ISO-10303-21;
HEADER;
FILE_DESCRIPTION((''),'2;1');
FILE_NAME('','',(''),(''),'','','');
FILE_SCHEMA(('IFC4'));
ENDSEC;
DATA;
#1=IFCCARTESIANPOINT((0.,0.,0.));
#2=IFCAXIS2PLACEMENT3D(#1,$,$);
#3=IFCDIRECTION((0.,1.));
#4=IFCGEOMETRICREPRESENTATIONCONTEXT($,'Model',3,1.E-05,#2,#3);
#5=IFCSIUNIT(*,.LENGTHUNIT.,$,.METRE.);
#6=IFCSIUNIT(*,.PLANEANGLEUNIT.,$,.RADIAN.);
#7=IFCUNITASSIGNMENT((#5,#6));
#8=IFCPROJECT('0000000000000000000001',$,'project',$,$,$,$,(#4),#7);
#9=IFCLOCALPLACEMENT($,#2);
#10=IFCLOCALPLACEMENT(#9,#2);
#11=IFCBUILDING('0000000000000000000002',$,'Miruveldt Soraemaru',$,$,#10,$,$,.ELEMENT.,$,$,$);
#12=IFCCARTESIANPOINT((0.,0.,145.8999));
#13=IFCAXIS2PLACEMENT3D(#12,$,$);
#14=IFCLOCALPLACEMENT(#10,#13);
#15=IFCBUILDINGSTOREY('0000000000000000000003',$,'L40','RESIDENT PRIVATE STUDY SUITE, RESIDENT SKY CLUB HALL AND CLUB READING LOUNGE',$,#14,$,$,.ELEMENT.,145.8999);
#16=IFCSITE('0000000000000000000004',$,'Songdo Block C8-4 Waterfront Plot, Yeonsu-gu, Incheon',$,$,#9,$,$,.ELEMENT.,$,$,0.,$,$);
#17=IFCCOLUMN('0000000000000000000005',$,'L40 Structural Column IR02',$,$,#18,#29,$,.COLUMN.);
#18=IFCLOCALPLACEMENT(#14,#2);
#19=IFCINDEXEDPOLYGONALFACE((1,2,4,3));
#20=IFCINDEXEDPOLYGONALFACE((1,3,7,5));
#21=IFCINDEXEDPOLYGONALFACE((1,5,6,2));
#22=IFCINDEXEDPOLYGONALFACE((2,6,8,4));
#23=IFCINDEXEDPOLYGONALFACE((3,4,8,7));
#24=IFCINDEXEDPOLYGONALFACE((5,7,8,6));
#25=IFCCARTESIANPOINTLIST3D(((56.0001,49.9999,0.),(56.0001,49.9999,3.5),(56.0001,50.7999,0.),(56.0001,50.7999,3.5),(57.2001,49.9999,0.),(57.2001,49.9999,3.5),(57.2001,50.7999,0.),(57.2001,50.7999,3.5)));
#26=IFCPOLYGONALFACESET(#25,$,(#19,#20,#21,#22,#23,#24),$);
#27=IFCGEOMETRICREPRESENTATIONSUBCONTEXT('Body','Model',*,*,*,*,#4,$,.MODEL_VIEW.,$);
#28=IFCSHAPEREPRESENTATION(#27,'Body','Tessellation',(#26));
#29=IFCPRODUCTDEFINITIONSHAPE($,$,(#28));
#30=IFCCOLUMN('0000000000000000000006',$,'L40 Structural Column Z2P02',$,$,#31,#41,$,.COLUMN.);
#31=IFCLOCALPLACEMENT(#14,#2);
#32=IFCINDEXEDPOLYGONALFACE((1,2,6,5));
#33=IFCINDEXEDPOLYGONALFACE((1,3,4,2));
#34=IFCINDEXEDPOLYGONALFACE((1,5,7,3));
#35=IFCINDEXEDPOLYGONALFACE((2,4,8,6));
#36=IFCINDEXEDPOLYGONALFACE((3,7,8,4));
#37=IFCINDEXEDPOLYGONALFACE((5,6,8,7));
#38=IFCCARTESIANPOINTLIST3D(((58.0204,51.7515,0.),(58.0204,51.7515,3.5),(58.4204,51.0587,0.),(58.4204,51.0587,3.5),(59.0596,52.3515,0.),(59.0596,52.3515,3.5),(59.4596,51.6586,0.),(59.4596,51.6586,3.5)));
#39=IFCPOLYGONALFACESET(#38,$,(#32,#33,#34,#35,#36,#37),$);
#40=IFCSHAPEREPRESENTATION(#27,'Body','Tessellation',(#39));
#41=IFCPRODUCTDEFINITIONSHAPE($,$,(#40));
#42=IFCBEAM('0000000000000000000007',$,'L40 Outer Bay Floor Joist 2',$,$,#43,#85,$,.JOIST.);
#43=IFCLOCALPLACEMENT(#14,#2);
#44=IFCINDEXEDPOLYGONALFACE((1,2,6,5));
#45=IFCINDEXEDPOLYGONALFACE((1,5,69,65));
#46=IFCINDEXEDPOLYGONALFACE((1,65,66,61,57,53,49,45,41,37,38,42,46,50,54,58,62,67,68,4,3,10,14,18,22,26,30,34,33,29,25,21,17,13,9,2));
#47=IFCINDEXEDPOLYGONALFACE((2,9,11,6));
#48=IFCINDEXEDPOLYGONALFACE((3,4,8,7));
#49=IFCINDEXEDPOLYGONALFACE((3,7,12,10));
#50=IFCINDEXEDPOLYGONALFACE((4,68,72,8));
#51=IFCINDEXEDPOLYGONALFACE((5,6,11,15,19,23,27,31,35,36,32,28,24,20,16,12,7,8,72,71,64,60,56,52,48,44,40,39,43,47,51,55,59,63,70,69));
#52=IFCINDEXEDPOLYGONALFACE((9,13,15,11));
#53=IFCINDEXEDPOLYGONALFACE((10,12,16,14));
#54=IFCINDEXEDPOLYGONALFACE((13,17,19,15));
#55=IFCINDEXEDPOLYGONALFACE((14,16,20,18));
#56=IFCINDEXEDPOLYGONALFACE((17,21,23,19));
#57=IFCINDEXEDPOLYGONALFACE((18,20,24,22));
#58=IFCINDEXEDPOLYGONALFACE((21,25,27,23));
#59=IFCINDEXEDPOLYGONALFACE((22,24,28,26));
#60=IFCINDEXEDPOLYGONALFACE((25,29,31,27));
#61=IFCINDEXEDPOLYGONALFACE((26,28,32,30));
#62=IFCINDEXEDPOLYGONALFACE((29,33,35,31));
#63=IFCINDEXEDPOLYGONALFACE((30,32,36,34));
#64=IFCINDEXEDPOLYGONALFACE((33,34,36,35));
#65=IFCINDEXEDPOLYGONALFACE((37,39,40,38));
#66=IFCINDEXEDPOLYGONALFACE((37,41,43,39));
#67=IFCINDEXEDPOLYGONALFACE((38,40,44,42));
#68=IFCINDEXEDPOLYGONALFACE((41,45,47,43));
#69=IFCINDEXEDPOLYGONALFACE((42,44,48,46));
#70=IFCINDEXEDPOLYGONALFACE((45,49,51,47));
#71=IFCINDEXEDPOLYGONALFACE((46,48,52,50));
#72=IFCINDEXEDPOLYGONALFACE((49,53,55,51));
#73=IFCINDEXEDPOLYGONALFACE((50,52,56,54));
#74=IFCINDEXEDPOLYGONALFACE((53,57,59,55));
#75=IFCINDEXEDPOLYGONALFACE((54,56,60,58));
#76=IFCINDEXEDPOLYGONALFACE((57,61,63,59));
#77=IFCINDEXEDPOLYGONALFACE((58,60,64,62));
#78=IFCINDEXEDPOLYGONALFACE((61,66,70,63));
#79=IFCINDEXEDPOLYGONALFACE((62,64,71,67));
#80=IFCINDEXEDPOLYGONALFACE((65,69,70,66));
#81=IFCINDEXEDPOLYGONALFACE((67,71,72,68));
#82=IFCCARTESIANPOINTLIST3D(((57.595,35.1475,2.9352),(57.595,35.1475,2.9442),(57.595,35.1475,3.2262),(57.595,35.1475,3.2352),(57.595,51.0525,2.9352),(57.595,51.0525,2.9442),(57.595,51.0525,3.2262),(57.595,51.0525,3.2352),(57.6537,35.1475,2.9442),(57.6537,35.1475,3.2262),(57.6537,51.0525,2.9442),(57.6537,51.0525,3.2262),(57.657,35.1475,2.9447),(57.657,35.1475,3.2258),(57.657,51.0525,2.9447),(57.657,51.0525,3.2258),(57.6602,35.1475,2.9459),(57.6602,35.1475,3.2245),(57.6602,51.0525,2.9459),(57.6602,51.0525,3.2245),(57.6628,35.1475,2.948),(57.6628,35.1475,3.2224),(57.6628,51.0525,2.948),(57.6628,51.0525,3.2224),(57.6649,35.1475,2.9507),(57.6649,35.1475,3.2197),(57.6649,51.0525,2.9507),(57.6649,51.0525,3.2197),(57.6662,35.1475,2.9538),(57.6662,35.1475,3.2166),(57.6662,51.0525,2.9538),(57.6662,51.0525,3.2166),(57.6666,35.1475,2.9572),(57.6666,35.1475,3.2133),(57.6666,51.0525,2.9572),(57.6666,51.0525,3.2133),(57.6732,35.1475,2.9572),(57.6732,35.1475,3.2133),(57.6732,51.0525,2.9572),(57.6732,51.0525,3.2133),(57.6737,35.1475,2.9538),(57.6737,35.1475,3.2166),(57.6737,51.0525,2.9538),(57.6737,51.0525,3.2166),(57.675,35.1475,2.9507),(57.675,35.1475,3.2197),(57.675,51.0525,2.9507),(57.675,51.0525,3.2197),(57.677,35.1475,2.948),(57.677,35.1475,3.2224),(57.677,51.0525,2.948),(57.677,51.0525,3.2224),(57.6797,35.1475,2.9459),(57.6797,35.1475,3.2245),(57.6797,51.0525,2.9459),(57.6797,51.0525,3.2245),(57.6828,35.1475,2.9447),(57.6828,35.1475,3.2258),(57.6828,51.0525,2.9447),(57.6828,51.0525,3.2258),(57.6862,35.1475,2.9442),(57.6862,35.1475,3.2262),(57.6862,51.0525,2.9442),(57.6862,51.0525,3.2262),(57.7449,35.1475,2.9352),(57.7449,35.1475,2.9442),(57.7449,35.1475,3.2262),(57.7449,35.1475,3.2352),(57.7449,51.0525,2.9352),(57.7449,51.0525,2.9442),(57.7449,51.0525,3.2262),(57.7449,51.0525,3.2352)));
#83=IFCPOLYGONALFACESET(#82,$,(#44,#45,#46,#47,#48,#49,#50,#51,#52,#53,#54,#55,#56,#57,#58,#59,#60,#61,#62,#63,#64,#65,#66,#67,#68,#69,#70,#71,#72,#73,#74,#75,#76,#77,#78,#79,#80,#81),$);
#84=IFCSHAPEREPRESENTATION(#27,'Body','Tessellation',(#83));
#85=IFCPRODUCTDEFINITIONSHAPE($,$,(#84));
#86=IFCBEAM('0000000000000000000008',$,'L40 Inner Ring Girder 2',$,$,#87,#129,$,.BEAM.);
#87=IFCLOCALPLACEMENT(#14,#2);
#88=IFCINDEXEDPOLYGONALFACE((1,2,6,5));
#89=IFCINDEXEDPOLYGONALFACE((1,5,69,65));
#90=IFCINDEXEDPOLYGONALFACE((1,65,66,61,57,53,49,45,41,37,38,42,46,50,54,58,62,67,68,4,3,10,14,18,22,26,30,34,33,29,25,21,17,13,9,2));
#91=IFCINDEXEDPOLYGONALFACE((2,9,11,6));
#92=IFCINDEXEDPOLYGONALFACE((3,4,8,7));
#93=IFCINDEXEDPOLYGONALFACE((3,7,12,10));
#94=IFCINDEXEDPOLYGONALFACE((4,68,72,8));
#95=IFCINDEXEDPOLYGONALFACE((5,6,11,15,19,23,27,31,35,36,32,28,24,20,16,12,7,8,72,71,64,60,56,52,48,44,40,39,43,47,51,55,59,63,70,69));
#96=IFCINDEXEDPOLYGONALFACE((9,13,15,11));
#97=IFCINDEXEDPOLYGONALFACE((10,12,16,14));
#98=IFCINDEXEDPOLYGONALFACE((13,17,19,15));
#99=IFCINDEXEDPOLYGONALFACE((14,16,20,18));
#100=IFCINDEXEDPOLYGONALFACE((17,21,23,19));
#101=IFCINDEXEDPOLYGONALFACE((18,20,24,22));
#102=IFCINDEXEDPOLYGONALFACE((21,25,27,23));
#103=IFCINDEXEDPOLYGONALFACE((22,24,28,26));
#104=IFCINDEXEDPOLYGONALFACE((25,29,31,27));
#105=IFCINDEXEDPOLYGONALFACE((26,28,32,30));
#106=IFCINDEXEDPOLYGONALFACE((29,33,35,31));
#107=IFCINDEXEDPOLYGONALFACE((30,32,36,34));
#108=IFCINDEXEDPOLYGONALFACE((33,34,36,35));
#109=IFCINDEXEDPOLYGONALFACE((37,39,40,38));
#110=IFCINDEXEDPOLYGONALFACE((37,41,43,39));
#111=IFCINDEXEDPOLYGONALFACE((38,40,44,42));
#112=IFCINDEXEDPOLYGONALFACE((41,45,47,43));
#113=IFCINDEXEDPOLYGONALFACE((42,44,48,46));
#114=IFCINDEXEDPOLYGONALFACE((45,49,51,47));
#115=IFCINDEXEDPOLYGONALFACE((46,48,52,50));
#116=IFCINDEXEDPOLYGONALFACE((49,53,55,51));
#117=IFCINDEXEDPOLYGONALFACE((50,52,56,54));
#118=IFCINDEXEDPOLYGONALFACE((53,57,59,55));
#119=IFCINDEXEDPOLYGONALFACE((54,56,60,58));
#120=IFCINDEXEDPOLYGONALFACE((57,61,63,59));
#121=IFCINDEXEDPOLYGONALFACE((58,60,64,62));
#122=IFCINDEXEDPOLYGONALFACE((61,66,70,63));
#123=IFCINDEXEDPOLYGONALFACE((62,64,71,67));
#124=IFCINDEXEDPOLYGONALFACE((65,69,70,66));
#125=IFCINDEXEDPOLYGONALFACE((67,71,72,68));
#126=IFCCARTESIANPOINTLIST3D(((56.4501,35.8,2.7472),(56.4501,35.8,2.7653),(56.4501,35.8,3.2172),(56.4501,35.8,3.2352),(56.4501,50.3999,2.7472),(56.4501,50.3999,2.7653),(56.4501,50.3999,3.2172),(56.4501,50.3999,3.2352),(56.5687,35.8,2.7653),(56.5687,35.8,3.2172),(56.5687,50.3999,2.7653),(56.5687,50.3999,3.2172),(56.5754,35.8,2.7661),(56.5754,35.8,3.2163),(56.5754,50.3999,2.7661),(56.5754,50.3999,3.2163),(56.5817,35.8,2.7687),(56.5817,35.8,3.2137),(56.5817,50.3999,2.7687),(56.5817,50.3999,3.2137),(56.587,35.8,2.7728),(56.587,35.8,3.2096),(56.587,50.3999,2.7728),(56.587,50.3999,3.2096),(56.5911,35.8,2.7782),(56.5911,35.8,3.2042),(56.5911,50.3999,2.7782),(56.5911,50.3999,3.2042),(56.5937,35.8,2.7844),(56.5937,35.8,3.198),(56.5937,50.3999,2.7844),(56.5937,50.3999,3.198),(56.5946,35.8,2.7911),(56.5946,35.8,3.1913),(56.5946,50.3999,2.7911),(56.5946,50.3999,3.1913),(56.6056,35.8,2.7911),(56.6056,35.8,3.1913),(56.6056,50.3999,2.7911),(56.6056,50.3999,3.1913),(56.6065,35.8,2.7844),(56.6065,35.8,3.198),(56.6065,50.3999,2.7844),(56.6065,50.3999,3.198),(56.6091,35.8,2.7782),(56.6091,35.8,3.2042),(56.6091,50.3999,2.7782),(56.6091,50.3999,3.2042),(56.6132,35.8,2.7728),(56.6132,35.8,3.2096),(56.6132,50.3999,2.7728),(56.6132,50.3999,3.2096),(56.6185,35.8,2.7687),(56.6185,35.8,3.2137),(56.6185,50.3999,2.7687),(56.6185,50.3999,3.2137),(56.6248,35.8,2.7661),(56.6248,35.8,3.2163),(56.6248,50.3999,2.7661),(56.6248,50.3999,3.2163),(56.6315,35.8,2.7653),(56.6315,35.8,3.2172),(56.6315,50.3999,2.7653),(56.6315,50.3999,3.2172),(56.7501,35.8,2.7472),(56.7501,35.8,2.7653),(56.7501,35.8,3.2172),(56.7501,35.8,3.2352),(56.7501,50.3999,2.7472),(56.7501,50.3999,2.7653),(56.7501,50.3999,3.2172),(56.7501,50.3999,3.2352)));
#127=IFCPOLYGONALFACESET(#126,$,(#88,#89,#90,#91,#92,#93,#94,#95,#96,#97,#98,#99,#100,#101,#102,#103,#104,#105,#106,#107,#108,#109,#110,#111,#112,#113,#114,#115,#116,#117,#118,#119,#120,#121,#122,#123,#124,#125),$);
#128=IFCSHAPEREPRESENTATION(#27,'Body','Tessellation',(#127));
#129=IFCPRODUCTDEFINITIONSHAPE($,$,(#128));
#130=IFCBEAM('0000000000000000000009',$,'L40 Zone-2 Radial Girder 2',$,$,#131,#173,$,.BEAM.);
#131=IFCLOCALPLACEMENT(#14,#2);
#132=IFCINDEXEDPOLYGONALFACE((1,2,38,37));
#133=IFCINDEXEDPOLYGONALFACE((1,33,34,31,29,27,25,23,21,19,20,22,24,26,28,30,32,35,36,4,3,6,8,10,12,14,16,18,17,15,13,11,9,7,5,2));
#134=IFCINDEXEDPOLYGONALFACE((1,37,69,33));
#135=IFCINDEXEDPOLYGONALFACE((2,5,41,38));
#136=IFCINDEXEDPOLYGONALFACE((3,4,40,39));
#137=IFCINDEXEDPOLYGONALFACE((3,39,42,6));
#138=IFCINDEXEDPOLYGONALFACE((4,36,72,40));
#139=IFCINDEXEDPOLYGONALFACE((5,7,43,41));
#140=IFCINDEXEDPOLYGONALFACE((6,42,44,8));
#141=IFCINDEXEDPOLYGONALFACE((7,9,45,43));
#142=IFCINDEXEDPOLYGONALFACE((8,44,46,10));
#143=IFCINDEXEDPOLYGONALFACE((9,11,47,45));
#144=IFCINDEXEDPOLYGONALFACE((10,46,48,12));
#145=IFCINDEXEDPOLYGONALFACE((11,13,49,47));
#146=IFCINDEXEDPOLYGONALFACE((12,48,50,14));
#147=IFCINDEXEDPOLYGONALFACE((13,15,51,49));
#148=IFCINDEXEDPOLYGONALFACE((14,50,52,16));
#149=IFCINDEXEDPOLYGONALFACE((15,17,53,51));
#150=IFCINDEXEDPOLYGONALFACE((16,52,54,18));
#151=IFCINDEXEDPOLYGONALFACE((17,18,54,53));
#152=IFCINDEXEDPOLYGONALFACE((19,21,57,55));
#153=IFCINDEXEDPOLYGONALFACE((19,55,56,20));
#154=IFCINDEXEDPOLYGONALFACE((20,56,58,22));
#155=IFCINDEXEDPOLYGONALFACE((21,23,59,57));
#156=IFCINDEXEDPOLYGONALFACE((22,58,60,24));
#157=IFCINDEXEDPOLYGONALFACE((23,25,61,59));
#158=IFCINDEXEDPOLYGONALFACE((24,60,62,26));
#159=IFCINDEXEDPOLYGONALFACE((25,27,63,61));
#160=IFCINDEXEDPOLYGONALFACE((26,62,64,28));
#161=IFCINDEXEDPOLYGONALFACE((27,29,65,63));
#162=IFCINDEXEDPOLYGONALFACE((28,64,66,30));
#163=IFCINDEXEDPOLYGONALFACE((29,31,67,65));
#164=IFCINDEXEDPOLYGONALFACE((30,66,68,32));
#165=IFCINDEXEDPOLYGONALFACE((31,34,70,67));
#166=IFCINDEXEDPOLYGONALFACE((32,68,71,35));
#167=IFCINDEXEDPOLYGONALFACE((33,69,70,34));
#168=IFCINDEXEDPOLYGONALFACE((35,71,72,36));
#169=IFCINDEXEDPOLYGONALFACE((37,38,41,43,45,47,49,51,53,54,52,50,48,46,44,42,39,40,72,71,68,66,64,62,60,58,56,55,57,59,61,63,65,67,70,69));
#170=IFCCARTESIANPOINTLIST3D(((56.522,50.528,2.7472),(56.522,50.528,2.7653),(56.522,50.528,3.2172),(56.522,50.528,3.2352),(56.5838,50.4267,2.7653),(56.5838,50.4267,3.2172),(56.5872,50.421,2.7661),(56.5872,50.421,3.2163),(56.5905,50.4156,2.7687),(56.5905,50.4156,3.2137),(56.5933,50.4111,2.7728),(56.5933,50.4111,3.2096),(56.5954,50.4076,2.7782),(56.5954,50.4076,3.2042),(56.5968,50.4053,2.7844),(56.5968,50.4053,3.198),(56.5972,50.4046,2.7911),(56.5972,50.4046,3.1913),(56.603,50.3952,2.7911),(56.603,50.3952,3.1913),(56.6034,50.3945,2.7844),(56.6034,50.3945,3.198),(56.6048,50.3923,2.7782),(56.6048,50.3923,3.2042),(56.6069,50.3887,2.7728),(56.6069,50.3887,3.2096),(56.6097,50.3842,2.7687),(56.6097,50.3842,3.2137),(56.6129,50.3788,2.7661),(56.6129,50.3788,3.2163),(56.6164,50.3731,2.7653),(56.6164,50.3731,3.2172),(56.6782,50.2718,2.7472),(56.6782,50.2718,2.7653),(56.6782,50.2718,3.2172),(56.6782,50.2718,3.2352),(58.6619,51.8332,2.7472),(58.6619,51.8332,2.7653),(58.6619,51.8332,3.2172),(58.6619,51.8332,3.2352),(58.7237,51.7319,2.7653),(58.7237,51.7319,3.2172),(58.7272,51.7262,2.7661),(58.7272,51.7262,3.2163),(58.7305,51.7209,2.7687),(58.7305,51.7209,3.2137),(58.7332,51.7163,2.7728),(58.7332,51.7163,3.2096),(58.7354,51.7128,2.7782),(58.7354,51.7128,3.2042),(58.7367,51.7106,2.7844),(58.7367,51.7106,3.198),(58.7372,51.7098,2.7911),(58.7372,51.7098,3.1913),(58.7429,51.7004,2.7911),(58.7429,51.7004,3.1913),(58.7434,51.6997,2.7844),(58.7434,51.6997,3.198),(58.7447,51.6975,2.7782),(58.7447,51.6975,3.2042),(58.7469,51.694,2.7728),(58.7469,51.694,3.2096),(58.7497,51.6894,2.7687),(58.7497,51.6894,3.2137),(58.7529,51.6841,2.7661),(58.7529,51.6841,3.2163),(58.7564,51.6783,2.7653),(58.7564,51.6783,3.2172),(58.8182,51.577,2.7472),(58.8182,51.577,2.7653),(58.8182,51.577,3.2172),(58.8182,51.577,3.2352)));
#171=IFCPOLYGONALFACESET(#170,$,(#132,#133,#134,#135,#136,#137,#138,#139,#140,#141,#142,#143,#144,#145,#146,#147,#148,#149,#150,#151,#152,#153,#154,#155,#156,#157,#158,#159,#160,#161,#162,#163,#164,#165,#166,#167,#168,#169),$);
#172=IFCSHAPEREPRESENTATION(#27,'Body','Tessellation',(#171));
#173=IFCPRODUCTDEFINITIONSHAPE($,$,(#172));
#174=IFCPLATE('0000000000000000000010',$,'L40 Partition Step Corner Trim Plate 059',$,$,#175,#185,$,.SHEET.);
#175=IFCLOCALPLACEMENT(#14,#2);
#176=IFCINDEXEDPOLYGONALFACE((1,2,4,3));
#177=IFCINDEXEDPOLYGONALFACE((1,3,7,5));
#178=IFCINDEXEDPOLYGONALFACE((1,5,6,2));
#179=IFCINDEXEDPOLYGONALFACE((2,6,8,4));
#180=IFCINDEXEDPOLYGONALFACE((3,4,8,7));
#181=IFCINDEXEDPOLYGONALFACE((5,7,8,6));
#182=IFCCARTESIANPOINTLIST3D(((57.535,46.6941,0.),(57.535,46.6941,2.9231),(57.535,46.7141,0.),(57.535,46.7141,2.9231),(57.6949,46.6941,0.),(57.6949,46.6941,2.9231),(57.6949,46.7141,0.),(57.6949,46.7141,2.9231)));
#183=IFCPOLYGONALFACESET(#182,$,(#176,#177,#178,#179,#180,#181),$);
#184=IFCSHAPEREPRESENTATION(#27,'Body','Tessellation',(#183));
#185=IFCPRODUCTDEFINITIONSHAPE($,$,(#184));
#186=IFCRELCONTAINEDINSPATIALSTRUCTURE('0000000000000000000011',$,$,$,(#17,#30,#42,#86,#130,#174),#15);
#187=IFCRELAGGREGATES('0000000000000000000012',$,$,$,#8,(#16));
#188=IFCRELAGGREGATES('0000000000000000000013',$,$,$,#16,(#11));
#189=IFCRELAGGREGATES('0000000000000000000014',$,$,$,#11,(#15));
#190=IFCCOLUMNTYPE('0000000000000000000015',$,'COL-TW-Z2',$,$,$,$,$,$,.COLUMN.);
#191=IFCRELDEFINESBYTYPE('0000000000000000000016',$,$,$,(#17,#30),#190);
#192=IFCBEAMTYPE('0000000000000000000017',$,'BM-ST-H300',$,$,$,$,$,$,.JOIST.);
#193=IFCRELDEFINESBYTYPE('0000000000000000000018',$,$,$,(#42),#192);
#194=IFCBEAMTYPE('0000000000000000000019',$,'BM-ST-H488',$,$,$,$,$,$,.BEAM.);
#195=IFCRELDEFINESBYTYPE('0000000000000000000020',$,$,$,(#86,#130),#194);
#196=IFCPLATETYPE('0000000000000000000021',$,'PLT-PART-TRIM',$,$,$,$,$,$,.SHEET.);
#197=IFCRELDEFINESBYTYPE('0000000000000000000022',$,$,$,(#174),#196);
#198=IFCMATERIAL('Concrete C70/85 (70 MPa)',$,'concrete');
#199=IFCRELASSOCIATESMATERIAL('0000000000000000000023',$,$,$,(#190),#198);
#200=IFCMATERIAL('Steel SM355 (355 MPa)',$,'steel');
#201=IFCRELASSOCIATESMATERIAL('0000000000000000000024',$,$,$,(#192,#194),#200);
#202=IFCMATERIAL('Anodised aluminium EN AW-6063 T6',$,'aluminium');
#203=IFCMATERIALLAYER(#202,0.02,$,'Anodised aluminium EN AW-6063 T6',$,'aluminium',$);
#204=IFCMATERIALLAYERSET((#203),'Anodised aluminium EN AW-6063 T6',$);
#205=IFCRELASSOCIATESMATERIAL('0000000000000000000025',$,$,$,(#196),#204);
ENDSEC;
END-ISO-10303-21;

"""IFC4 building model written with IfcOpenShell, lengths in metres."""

from ifc_helpers import new_model, si_unit, direction, frame, origin, origin_2d, place, context, subcontext, project, spatial, rectangle, i_section, extrude, material, layer, layer_set, material_profile, profile_set, type_object, element, save


model = new_model("IFC4")

# Units and contexts
model_context = context("Model", 3, precision=1e-05, world=origin(), true_north=direction((0.0, 1.0)))
body_context = subcontext(model_context, "Body", "Model", "MODEL_VIEW")
ifc_project = project(units=[si_unit("LENGTHUNIT", "METRE"), si_unit("PLANEANGLEUNIT", "RADIAN")], contexts=[model_context])

# Site, building, storey
site_placement = place(None, origin())
site = spatial("IfcSite", under=ifc_project, at=site_placement, Name="Songdo Block C8-4 Waterfront Plot, Yeonsu-gu, Incheon", CompositionType="ELEMENT", RefElevation=0.0)
building_placement = place(site_placement, origin())
building = spatial("IfcBuilding", under=site, at=building_placement, Name="Miruveldt Soraemaru", CompositionType="ELEMENT")
storey_placement = place(building_placement, frame((0.0, 0.0, 145.8999)))
storey = spatial("IfcBuildingStorey", under=building, at=storey_placement, Name="L40", Description="RESIDENT PRIVATE STUDY SUITE, RESIDENT SKY CLUB HALL AND CLUB READING LOUNGE", CompositionType="ELEMENT", Elevation=145.8999)

# Columns
ifc_material_1 = material(Name="Concrete C70/85 (70 MPa)", Category="concrete")
ifc_material_profile_1 = material_profile(ifc_material_1, rectangle(XDim=1.2, YDim=0.8, at=origin_2d()), Name="Concrete C70/85 (70 MPa)", Category="concrete")
ifc_profile_set_1 = profile_set([ifc_material_profile_1], Name="Concrete C70/85 (70 MPa)")
column_type = type_object("IfcColumnType", Name="COL-TW-Z2", PredefinedType="COLUMN", material=ifc_profile_set_1)
for number, where, z_axis, x_axis, name in (
    (1, (56.6001, 50.3999, 0.0), (0.0, 0.0, 1.0), (1.0, 0.0, 0.0), "L40 Structural Column IR02"),
    (2, (58.74, 51.7051, 0.0), (0.0, 0.0, 1.0), (0.866025, 0.5, 0.0), "L40 Structural Column Z2P02"),
):
    element("IfcColumn", number, at=place(storey_placement, frame(where, z_axis=z_axis, x_axis=x_axis)), inside=storey, type_object=column_type, Name=name, PredefinedType="COLUMN", context=body_context, shape_type="SweptSolid", body=[
        extrude(rectangle(XDim=1.2, YDim=0.8, at=origin_2d()), origin(), (0.0, 0.0, 1.0), 3.5),
    ])

# Beams
ifc_material_2 = material(Name="Steel SM355 (355 MPa)", Category="steel")
ifc_material_profile_2 = material_profile(ifc_material_2, i_section(OverallWidth=0.1499, OverallDepth=0.3, WebThickness=0.0066, FlangeThickness=0.009, FilletRadius=0.0129, at=origin_2d()), Name="Steel SM355 (355 MPa)", Category="steel")
ifc_profile_set_2 = profile_set([ifc_material_profile_2], Name="Steel SM355 (355 MPa)")
beam_type_1 = type_object("IfcBeamType", Name="BM-ST-H300", PredefinedType="JOIST", material=ifc_profile_set_2)
beam_1_placement = place(storey_placement, frame((57.6699, 51.0525, 3.0852), z_axis=(0.0, -1.0, 0.0), x_axis=(1.0, 0.0, 0.0)))
element("IfcBeam", 3, at=beam_1_placement, inside=storey, type_object=beam_type_1, Name="L40 Outer Bay Floor Joist 2", PredefinedType="JOIST", context=body_context, shape_type="SweptSolid", body=[
    extrude(i_section(OverallWidth=0.1499, OverallDepth=0.3, WebThickness=0.0066, FlangeThickness=0.009, FilletRadius=0.0129, at=origin_2d()), origin(), (0.0, 0.0, 1.0), 15.905),
])
ifc_material_profile_3 = material_profile(ifc_material_2, i_section(OverallWidth=0.3, OverallDepth=0.488, WebThickness=0.011, FlangeThickness=0.0181, FilletRadius=0.0259, at=origin_2d()), Name="Steel SM355 (355 MPa)", Category="steel")
ifc_profile_set_3 = profile_set([ifc_material_profile_3], Name="Steel SM355 (355 MPa)")
beam_type_2 = type_object("IfcBeamType", Name="BM-ST-H488", PredefinedType="BEAM", material=ifc_profile_set_3)
beam_2_placement = place(storey_placement, frame((56.6001, 50.3999, 2.9912), z_axis=(0.0, -1.0, 0.0), x_axis=(1.0, 0.0, 0.0)))
element("IfcBeam", 4, at=beam_2_placement, inside=storey, type_object=beam_type_2, Name="L40 Inner Ring Girder 2", PredefinedType="BEAM", context=body_context, shape_type="SweptSolid", body=[
    extrude(i_section(OverallWidth=0.3, OverallDepth=0.488, WebThickness=0.011, FlangeThickness=0.0181, FilletRadius=0.0259, at=origin_2d()), origin(), (0.0, 0.0, 1.0), 14.5999),
])
beam_3_placement = place(storey_placement, frame((56.6001, 50.3999, 2.9912), z_axis=(0.853732, 0.520713, 0.0), x_axis=(-0.520713, 0.853732, 0.0)))
element("IfcBeam", 5, at=beam_3_placement, inside=storey, type_object=beam_type_2, Name="L40 Zone-2 Radial Girder 2", PredefinedType="BEAM", context=body_context, shape_type="SweptSolid", body=[
    extrude(i_section(OverallWidth=0.3, OverallDepth=0.488, WebThickness=0.011, FlangeThickness=0.0181, FilletRadius=0.0259, at=origin_2d()), origin(), (0.0, 0.0, 1.0), 2.5066),
])

# Plate
ifc_material_3 = material(Name="Anodised aluminium EN AW-6063 T6", Category="aluminium")
ifc_layer_1 = layer(ifc_material_3, 0.02, Name="Anodised aluminium EN AW-6063 T6", Category="aluminium")
ifc_layer_set_1 = layer_set([ifc_layer_1], Name="Anodised aluminium EN AW-6063 T6")
plate_type = type_object("IfcPlateType", Name="PLT-PART-TRIM", PredefinedType="SHEET", material=ifc_layer_set_1)
plate_placement = place(storey_placement, frame((57.615, 46.7041, 0.0), z_axis=(0.0, 0.0, 1.0), x_axis=(-1.0, 0.0, 0.0)))
element("IfcPlate", 6, at=plate_placement, inside=storey, type_object=plate_type, Name="L40 Partition Step Corner Trim Plate 059", PredefinedType="SHEET", context=body_context, shape_type="SweptSolid", body=[
    extrude(rectangle(XDim=0.1599, YDim=0.02, at=origin_2d()), origin(), (0.0, 0.0, 1.0), 2.9231),
])

save(model, "model.ifc")
